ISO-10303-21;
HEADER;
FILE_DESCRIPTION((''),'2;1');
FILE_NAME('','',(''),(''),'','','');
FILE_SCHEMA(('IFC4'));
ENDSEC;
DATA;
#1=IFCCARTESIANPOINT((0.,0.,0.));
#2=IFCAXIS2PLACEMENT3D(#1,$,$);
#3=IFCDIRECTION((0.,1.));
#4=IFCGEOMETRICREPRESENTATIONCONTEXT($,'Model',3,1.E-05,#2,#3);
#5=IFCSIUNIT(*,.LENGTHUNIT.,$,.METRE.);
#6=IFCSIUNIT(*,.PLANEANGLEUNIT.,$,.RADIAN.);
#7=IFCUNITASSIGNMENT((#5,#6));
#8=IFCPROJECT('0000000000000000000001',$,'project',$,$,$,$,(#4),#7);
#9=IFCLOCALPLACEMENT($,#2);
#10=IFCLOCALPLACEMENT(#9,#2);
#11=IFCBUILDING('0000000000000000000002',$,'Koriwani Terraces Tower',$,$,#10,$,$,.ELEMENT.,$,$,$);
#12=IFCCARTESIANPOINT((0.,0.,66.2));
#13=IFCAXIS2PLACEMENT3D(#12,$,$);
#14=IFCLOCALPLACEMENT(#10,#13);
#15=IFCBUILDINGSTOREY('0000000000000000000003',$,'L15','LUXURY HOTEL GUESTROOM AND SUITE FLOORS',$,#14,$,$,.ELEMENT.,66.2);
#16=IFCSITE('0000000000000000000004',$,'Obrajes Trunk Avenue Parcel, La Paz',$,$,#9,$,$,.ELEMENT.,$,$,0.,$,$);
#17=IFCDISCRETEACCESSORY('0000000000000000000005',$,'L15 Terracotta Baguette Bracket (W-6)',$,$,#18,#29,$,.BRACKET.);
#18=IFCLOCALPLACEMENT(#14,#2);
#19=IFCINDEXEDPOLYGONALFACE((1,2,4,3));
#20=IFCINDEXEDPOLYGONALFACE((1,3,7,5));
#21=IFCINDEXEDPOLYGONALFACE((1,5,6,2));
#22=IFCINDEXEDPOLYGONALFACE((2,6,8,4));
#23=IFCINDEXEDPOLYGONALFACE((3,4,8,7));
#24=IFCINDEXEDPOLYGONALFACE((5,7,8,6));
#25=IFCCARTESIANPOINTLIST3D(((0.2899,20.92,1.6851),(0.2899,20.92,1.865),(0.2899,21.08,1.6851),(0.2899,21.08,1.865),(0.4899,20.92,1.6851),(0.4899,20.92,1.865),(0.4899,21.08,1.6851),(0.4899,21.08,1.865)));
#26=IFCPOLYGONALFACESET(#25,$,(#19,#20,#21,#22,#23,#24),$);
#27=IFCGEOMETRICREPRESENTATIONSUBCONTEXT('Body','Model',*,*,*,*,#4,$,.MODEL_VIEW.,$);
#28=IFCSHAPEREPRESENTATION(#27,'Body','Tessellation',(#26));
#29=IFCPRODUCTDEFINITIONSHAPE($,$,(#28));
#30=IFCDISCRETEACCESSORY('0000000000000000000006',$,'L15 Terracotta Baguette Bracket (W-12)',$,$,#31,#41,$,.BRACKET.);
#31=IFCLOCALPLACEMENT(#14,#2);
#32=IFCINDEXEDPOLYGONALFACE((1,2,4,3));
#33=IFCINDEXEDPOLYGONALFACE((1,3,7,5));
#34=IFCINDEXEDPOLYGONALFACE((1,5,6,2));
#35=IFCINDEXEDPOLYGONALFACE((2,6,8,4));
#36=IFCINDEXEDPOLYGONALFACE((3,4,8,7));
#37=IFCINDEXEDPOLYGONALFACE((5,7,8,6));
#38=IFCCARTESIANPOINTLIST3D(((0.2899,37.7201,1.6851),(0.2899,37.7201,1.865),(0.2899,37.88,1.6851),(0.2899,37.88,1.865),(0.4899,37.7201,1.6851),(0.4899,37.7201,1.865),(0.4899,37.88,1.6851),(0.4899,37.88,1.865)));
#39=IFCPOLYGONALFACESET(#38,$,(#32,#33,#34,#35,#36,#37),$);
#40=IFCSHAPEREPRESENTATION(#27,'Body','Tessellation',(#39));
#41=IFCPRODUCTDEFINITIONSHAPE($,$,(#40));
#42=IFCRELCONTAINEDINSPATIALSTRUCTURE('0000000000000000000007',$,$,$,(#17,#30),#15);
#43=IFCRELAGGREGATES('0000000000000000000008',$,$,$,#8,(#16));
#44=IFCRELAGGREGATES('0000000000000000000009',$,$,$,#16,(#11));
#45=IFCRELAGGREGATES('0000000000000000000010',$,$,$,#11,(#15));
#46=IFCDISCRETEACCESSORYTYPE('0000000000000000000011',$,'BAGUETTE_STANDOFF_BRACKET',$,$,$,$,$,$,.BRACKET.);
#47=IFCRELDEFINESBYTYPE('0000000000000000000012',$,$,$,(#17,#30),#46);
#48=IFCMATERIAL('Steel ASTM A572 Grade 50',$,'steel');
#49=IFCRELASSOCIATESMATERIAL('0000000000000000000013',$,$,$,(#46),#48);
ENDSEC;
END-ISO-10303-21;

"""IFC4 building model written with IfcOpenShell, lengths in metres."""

from ifc_helpers import new_model, si_unit, direction, frame, origin, origin_2d, place, context, subcontext, project, spatial, rectangle, extrude, material, type_object, element, save


model = new_model("IFC4")

# Units and contexts
model_context = context("Model", 3, precision=1e-05, world=origin(), true_north=direction((0.0, 1.0)))
body_context = subcontext(model_context, "Body", "Model", "MODEL_VIEW")
ifc_project = project(units=[si_unit("LENGTHUNIT", "METRE"), si_unit("PLANEANGLEUNIT", "RADIAN")], contexts=[model_context])

# Site, building, storey
site_placement = place(None, origin())
site = spatial("IfcSite", under=ifc_project, at=site_placement, Name="Obrajes Trunk Avenue Parcel, La Paz", CompositionType="ELEMENT", RefElevation=0.0)
building_placement = place(site_placement, origin())
building = spatial("IfcBuilding", under=site, at=building_placement, Name="Koriwani Terraces Tower", CompositionType="ELEMENT")
storey_placement = place(building_placement, frame((0.0, 0.0, 66.2)))
storey = spatial("IfcBuildingStorey", under=building, at=storey_placement, Name="L15", Description="LUXURY HOTEL GUESTROOM AND SUITE FLOORS", CompositionType="ELEMENT", Elevation=66.2)

# Shared definitions
ifc_material_1 = material(Name="Steel ASTM A572 Grade 50", Category="steel")

# Discrete accessories
discrete_accessory_type = type_object("IfcDiscreteAccessoryType", Name="BAGUETTE_STANDOFF_BRACKET", PredefinedType="BRACKET", material=ifc_material_1)
for number, where, z_axis, x_axis, name in (
    (1, (0.3899, 21.0, 1.6851), (0.0, 0.0, 1.0), (0.0, 1.0, 0.0), "L15 Terracotta Baguette Bracket (W-6)"),
    (2, (0.3899, 37.8, 1.6851), (0.0, 0.0, 1.0), (0.0, 1.0, 0.0), "L15 Terracotta Baguette Bracket (W-12)"),
):
    element("IfcDiscreteAccessory", number, at=place(storey_placement, frame(where, z_axis=z_axis, x_axis=x_axis)), inside=storey, type_object=discrete_accessory_type, Name=name, PredefinedType="BRACKET", context=body_context, shape_type="SweptSolid", body=[
        extrude(rectangle(XDim=0.1599, YDim=0.2, at=origin_2d()), origin(), (0.0, 0.0, 1.0), 0.1799),
    ])

save(model, "model.ifc")
